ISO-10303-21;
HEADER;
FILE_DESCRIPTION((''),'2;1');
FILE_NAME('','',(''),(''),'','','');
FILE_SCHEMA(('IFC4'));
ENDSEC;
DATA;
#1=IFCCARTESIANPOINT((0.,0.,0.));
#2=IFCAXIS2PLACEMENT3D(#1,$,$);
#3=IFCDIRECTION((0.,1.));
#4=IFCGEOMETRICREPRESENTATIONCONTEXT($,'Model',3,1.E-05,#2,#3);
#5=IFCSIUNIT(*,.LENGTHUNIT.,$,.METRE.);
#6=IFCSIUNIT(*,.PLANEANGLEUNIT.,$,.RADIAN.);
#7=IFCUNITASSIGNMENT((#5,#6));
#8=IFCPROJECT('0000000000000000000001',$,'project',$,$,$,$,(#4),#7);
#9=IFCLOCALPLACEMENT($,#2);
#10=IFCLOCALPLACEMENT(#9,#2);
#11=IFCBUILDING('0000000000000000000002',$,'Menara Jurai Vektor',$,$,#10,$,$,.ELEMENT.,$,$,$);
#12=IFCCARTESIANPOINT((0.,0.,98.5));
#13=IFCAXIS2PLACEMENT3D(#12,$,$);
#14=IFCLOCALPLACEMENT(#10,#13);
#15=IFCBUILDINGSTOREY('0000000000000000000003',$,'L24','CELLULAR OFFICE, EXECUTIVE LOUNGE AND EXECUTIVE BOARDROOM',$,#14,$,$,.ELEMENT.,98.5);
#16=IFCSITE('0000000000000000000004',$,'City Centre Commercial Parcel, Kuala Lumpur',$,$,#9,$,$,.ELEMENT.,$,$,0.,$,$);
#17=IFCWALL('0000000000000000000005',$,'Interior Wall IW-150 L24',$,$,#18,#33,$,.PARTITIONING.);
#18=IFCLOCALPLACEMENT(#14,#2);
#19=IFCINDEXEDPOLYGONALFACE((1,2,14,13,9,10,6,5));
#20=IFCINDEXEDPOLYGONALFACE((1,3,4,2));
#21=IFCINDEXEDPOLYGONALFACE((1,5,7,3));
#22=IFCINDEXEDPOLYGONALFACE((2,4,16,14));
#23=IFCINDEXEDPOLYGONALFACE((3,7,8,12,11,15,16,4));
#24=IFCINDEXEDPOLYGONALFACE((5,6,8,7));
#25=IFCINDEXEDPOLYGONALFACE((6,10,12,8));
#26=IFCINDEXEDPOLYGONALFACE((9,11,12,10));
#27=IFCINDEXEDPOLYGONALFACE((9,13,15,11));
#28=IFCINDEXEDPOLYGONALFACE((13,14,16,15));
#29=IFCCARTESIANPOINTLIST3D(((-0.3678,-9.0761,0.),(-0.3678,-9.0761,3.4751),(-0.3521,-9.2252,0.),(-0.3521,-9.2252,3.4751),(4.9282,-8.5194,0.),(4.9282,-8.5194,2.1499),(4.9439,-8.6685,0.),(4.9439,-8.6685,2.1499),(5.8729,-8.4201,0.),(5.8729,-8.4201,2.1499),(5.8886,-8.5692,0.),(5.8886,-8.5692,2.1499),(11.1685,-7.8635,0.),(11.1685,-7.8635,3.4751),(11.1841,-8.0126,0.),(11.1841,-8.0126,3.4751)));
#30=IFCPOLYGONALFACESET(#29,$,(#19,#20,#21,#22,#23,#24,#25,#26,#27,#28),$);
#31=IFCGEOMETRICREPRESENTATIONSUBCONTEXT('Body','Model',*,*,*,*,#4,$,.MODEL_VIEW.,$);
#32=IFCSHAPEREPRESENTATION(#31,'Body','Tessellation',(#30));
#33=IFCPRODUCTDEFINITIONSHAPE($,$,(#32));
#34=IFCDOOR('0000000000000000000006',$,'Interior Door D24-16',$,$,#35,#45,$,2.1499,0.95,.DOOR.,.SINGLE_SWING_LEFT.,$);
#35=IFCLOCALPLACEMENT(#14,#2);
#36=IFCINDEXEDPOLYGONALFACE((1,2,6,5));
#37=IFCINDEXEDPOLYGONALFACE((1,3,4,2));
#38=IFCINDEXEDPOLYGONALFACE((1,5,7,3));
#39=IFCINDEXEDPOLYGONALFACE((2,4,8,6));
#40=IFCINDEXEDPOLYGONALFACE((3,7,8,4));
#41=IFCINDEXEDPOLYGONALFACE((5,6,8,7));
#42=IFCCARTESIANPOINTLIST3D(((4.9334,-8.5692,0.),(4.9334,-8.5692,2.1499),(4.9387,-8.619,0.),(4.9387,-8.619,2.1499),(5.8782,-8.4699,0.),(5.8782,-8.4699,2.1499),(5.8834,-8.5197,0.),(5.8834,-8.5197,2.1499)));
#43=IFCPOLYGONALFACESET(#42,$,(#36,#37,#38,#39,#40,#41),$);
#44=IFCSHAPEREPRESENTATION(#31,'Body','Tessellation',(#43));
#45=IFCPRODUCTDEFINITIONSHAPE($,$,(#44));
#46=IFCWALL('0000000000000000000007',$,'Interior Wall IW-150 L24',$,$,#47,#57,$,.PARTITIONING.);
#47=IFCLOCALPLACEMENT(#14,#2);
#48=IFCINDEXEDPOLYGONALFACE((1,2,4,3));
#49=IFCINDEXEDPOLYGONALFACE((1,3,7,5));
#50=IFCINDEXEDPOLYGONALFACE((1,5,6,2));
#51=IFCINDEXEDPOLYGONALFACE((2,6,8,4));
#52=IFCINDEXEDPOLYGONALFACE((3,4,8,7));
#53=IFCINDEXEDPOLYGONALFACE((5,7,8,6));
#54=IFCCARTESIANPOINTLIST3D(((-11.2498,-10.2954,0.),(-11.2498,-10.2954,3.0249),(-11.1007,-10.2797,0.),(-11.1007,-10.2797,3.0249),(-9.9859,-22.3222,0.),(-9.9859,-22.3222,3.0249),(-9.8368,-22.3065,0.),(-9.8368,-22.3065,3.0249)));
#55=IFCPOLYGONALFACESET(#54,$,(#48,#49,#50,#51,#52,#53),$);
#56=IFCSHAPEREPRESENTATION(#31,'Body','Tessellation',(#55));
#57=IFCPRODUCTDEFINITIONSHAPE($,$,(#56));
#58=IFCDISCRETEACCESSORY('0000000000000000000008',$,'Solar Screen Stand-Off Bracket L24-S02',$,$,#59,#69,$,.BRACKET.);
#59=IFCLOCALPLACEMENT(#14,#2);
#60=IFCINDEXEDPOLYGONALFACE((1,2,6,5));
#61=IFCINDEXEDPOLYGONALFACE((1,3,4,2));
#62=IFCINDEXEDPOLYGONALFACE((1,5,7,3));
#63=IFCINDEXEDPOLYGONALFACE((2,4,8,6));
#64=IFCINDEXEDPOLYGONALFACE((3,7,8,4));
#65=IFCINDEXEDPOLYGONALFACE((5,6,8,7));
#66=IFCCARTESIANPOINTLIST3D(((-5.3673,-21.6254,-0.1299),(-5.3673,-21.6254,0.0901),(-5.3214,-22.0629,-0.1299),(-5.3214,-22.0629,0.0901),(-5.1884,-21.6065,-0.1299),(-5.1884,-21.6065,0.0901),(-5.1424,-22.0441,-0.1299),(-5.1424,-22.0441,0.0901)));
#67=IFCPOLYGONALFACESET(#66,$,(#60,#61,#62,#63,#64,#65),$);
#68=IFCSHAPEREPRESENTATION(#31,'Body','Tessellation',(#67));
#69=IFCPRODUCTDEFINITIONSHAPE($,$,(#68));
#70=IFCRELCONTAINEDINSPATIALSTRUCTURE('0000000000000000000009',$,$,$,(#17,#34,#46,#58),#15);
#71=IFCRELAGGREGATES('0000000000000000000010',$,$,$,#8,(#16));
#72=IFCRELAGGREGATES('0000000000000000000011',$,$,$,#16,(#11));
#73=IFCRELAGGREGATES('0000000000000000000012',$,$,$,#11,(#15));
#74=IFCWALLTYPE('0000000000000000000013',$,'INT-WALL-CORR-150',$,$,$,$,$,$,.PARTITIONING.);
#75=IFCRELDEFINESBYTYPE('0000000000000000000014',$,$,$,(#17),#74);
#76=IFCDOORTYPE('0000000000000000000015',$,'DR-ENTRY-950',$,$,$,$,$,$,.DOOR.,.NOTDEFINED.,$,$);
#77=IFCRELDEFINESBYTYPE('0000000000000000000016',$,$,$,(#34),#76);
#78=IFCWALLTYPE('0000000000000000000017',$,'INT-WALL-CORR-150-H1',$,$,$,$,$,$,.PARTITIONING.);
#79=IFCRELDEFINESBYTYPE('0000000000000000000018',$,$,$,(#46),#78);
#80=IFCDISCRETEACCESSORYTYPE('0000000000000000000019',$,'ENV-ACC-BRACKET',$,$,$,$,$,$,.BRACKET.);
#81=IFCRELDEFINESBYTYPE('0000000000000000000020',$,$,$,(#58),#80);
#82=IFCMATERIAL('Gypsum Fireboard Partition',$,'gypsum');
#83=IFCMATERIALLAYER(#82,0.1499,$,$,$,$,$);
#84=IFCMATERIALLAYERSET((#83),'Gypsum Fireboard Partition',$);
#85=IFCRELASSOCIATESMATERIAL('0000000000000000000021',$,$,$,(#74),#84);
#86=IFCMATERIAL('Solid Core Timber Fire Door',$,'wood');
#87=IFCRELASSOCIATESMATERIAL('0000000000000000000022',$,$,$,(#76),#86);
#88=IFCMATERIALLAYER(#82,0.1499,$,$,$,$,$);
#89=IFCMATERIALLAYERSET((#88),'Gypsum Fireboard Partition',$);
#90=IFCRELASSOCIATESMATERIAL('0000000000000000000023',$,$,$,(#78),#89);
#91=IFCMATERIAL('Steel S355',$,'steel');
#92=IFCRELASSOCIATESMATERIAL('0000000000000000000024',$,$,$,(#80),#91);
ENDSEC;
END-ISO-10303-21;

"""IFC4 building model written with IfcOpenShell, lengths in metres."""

from ifc_helpers import new_model, si_unit, direction, frame, frame_2d, origin, origin_2d, place, context, subcontext, project, spatial, rectangle, extrude, material, layer, layer_set, type_object, element, fill, save


model = new_model("IFC4")

# Units and contexts
model_context = context("Model", 3, precision=1e-05, world=origin(), true_north=direction((0.0, 1.0)))
body_context = subcontext(model_context, "Body", "Model", "MODEL_VIEW")
ifc_project = project(units=[si_unit("LENGTHUNIT", "METRE"), si_unit("PLANEANGLEUNIT", "RADIAN")], contexts=[model_context])

# Site, building, storey
site_placement = place(None, origin())
site = spatial("IfcSite", under=ifc_project, at=site_placement, Name="City Centre Commercial Parcel, Kuala Lumpur", CompositionType="ELEMENT", RefElevation=0.0)
building_placement = place(site_placement, origin())
building = spatial("IfcBuilding", under=site, at=building_placement, Name="Menara Jurai Vektor", CompositionType="ELEMENT")
storey_placement = place(building_placement, frame((0.0, 0.0, 98.5)))
storey = spatial("IfcBuildingStorey", under=building, at=storey_placement, Name="L24", Description="CELLULAR OFFICE, EXECUTIVE LOUNGE AND EXECUTIVE BOARDROOM", CompositionType="ELEMENT", Elevation=98.5)

# Shared definitions
ifc_material_1 = material(Name="Steel S355", Category="steel")

# Wall, opening, door
ifc_material_2 = material(Name="Gypsum Fireboard Partition", Category="gypsum")
ifc_layer_1 = layer(ifc_material_2, 0.1499)
ifc_layer_set_1 = layer_set([ifc_layer_1], Name="Gypsum Fireboard Partition")
wall_type_1 = type_object("IfcWallType", Name="INT-WALL-CORR-150", PredefinedType="PARTITIONING", material=ifc_layer_set_1)
ifc_material_3 = material(Name="Solid Core Timber Fire Door", Category="wood")
door_type = type_object("IfcDoorType", Name="DR-ENTRY-950", OperationType="NOTDEFINED", PredefinedType="DOOR", material=ifc_material_3)
wall_1_placement = place(storey_placement, frame((-0.3599, -9.1506, 0.0), z_axis=(0.0, 0.0, 1.0), x_axis=(0.994521, 0.104539, 0.0)))
wall_1 = element("IfcWall", 1, at=wall_1_placement, inside=storey, type_object=wall_type_1, Name="Interior Wall IW-150 L24", PredefinedType="PARTITIONING", context=body_context, shape_type="SweptSolid", body=[
    extrude(rectangle(XDim=11.5999, YDim=0.1499, at=frame_2d((5.7998, 0.0))), origin(), (0.0, 0.0, 1.0), 3.4751),
])
opening_1_placement = place(wall_1_placement, frame((5.325, 0.0, 0.0)))
opening_1 = element("IfcOpeningElement", 2, at=opening_1_placement, cuts=wall_1, PredefinedType="OPENING", context=body_context, shape_type="SweptSolid", body=[
    extrude(rectangle(XDim=0.95, YDim=2.1499, at=frame_2d((0.4751, 1.075))), frame((0.0, 0.085, 0.0), z_axis=(0.0, -1.0, 0.0), x_axis=(1.0, 0.0, 0.0)), (0.0, 0.0, 1.0), 0.1699),
])
door_1_placement = place(opening_1_placement, origin())
door_1 = element("IfcDoor", 3, at=door_1_placement, inside=storey, type_object=door_type, Name="Interior Door D24-16", OperationType="SINGLE_SWING_LEFT", OverallHeight=2.1499, OverallWidth=0.95, PredefinedType="DOOR", context=body_context, shape_type="SweptSolid", body=[
    extrude(rectangle(XDim=0.95, YDim=2.1499, at=frame_2d((0.4751, 1.075))), frame((0.0, 0.0249, 0.0), z_axis=(0.0, -1.0, 0.0), x_axis=(1.0, 0.0, 0.0)), (0.0, 0.0, 1.0), 0.05),
])
fill(opening_1, door_1)

# Wall
ifc_layer_2 = layer(ifc_material_2, 0.1499)
ifc_layer_set_2 = layer_set([ifc_layer_2], Name="Gypsum Fireboard Partition")
wall_type_2 = type_object("IfcWallType", Name="INT-WALL-CORR-150-H1", PredefinedType="PARTITIONING", material=ifc_layer_set_2)
wall_2_placement = place(storey_placement, frame((-9.9114, -22.3142, 0.0), z_axis=(0.0, 0.0, 1.0), x_axis=(-0.104516, 0.994523, 0.0)))
element("IfcWall", 4, at=wall_2_placement, inside=storey, type_object=wall_type_2, Name="Interior Wall IW-150 L24", PredefinedType="PARTITIONING", context=body_context, shape_type="SweptSolid", body=[
    extrude(rectangle(XDim=12.093, YDim=0.1499, at=frame_2d((6.0464, 0.0))), origin(), (0.0, 0.0, 1.0), 3.0249),
])

# Discrete accessory
discrete_accessory_type = type_object("IfcDiscreteAccessoryType", Name="ENV-ACC-BRACKET", PredefinedType="BRACKET", material=ifc_material_1)
discrete_accessory_placement = place(storey_placement, frame((-5.2549, -21.8347, -0.1299), z_axis=(0.0, 0.0, 1.0), x_axis=(0.994522, 0.104528, 0.0)))
element("IfcDiscreteAccessory", 5, at=discrete_accessory_placement, inside=storey, type_object=discrete_accessory_type, Name="Solar Screen Stand-Off Bracket L24-S02", PredefinedType="BRACKET", context=body_context, shape_type="SweptSolid", body=[
    extrude(rectangle(XDim=0.1799, YDim=0.4399, at=origin_2d()), origin(), (0.0, 0.0, 1.0), 0.22),
])

save(model, "model.ifc")
